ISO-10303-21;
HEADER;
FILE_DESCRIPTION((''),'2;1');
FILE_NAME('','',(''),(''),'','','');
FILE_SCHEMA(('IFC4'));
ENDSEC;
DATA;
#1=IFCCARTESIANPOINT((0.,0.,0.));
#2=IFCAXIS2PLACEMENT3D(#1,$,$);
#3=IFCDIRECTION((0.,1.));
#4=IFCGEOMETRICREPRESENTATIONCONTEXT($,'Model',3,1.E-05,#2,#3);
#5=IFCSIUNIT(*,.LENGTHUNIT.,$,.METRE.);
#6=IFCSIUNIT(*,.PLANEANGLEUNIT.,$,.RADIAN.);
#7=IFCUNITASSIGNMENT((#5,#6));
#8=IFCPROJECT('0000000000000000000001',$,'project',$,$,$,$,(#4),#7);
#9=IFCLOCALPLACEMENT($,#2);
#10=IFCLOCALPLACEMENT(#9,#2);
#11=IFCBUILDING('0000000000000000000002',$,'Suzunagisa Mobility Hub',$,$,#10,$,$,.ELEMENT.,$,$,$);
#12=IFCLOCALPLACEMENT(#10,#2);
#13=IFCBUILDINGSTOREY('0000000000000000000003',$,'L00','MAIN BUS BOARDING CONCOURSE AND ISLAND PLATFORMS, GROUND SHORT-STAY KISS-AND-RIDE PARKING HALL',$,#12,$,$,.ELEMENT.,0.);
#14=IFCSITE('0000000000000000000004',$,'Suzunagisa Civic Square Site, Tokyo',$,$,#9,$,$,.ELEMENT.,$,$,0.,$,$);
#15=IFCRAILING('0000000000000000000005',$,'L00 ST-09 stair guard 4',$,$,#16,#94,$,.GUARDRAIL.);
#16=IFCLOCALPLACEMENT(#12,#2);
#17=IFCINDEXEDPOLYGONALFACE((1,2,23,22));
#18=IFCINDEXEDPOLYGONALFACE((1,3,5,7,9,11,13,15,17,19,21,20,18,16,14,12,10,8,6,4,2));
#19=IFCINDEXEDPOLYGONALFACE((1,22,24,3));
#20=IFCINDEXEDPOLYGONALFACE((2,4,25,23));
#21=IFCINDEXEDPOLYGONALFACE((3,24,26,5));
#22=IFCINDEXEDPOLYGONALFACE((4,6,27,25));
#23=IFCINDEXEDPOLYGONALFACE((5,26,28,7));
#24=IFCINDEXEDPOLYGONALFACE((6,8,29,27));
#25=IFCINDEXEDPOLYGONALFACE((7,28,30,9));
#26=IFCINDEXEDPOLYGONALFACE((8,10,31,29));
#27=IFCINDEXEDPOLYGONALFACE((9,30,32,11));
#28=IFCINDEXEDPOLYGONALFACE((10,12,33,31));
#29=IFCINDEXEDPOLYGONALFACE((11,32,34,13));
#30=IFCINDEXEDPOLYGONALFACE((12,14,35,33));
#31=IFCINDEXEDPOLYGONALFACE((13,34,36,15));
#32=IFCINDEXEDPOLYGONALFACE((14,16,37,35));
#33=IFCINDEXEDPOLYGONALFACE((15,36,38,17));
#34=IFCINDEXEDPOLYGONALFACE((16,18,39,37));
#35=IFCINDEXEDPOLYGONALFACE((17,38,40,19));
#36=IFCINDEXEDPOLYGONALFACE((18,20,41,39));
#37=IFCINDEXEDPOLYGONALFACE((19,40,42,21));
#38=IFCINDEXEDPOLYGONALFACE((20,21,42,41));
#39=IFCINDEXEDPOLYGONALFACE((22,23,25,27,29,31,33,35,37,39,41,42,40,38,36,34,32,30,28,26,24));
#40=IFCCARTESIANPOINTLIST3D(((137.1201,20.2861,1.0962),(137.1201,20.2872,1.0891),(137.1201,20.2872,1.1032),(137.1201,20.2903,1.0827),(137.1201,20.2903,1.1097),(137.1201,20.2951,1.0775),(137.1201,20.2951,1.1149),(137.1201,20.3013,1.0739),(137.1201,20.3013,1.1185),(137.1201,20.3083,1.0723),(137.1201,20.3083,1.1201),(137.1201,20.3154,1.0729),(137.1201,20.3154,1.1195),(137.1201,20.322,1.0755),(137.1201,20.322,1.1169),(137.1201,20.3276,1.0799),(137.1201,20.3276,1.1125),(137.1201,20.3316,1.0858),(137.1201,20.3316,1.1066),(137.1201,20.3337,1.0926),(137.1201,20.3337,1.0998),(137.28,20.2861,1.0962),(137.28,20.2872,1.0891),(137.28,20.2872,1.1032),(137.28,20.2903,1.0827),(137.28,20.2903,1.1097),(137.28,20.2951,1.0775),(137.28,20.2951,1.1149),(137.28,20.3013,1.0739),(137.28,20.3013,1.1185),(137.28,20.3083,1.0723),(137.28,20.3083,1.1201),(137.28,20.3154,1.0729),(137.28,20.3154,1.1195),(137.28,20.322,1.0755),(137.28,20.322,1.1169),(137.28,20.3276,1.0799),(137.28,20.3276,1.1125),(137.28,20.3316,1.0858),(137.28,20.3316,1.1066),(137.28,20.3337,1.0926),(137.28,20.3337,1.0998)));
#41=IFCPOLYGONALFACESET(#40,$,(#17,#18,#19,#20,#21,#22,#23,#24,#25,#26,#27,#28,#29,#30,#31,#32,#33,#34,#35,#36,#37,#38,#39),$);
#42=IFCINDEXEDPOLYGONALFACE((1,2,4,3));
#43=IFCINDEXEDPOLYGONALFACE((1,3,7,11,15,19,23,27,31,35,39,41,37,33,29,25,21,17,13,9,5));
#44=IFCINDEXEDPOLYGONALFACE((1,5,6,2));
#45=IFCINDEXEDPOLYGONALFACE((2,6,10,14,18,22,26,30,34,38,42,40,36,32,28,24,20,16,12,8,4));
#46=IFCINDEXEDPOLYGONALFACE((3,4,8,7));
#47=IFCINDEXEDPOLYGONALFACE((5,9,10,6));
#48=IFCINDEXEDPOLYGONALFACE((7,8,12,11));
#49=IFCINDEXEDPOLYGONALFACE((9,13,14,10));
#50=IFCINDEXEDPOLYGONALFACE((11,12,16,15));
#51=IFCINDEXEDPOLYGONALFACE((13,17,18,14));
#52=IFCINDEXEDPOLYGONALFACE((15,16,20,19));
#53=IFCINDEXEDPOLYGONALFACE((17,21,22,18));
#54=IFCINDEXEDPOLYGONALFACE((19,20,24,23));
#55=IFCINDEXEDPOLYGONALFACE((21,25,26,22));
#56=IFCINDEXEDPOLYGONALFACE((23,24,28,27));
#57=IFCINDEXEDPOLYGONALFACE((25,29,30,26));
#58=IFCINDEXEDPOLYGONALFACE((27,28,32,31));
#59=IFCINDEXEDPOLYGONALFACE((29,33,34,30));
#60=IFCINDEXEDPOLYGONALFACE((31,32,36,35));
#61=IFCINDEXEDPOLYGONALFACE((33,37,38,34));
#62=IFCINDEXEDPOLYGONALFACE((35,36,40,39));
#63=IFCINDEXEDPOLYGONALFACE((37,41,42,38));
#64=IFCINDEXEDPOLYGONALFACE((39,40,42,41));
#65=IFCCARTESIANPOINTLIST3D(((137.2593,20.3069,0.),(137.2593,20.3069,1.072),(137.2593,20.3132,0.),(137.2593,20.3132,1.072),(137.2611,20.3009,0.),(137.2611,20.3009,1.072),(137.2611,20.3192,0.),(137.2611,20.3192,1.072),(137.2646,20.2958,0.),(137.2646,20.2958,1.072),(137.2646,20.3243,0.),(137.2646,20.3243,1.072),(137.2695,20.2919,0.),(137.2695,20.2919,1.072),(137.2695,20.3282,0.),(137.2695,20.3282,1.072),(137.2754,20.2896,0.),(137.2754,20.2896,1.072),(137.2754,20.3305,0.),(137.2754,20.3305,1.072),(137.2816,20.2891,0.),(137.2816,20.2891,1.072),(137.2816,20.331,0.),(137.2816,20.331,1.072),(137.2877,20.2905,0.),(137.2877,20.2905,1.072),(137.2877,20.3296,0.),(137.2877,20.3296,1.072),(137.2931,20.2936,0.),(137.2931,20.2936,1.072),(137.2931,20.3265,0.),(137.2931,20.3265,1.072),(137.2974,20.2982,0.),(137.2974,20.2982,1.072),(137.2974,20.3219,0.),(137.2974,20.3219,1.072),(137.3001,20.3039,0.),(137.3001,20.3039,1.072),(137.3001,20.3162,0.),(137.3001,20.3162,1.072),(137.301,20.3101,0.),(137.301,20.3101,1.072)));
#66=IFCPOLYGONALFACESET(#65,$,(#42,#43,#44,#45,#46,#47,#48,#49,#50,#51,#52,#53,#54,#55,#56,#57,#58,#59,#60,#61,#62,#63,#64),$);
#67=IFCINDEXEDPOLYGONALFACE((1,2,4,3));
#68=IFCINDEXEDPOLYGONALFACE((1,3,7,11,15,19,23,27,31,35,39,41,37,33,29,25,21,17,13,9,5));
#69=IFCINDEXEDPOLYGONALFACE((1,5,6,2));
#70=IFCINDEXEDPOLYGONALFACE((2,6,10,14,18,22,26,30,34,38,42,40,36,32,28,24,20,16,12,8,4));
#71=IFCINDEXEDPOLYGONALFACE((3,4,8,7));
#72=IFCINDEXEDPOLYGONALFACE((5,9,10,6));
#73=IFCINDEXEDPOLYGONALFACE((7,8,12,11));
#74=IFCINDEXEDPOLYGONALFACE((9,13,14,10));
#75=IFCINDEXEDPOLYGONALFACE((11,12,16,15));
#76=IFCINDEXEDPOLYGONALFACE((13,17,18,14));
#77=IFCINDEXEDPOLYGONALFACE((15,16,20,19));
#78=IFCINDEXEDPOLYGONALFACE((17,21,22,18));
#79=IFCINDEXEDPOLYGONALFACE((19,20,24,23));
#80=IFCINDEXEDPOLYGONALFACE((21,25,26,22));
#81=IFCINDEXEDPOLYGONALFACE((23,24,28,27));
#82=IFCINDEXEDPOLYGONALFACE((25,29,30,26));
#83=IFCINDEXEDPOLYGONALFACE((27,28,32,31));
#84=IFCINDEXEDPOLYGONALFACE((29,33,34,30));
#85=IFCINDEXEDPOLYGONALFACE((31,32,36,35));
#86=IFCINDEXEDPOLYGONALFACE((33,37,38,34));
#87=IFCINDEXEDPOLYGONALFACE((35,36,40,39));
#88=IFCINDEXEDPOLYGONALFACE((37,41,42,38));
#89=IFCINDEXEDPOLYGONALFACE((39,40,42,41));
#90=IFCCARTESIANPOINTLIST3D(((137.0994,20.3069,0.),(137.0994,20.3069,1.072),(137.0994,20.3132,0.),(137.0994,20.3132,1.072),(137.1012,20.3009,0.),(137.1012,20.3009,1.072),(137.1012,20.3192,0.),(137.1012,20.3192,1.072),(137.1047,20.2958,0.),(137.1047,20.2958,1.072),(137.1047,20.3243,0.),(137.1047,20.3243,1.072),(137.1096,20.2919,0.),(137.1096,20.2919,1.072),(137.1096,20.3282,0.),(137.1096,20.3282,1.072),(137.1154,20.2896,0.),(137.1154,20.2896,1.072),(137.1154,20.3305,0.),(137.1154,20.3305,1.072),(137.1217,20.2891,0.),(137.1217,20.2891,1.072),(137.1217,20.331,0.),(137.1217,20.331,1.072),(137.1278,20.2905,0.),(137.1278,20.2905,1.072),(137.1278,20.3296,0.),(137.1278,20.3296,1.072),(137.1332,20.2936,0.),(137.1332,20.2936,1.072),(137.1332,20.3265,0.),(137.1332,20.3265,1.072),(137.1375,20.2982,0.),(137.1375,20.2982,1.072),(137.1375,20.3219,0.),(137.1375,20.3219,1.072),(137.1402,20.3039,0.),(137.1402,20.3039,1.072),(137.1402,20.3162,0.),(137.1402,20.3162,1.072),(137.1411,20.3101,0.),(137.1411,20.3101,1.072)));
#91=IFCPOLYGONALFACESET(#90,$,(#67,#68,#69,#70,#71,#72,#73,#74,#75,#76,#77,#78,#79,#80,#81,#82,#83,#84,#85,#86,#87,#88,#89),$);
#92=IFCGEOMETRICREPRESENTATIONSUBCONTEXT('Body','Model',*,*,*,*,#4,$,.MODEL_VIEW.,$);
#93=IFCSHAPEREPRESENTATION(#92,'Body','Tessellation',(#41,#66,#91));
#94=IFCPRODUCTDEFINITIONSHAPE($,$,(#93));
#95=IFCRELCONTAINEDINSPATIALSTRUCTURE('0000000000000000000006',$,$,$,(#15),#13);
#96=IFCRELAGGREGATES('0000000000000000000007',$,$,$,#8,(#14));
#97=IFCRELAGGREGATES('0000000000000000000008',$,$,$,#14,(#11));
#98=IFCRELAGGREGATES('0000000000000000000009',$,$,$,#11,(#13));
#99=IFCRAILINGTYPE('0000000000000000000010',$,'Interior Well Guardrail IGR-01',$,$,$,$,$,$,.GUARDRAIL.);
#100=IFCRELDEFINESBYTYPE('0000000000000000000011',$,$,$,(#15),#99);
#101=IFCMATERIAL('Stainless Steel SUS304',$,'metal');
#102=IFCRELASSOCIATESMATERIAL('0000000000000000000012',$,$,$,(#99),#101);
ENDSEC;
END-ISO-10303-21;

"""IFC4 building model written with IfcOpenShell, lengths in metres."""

from ifc_helpers import new_model, si_unit, direction, frame, origin, origin_2d, place, context, subcontext, project, spatial, circle, extrude, material, type_object, element, save


model = new_model("IFC4")

# Units and contexts
model_context = context("Model", 3, precision=1e-05, world=origin(), true_north=direction((0.0, 1.0)))
body_context = subcontext(model_context, "Body", "Model", "MODEL_VIEW")
ifc_project = project(units=[si_unit("LENGTHUNIT", "METRE"), si_unit("PLANEANGLEUNIT", "RADIAN")], contexts=[model_context])

# Site, building, storey
site_placement = place(None, origin())
site = spatial("IfcSite", under=ifc_project, at=site_placement, Name="Suzunagisa Civic Square Site, Tokyo", CompositionType="ELEMENT", RefElevation=0.0)
building_placement = place(site_placement, origin())
building = spatial("IfcBuilding", under=site, at=building_placement, Name="Suzunagisa Mobility Hub", CompositionType="ELEMENT")
storey_placement = place(building_placement, origin())
storey = spatial("IfcBuildingStorey", under=building, at=storey_placement, Name="L00", Description="MAIN BUS BOARDING CONCOURSE AND ISLAND PLATFORMS, GROUND SHORT-STAY KISS-AND-RIDE PARKING HALL", CompositionType="ELEMENT", Elevation=0.0)

# Railing
ifc_material_1 = material(Name="Stainless Steel SUS304", Category="metal")
railing_type_1 = type_object("IfcRailingType", Name="Interior Well Guardrail IGR-01", PredefinedType="GUARDRAIL", material=ifc_material_1)
railing_1_placement = place(storey_placement, frame((137.28, 20.3101, 0.0)))
element("IfcRailing", 1, at=railing_1_placement, inside=storey, type_object=railing_type_1, Name="L00 ST-09 stair guard 4", PredefinedType="GUARDRAIL", context=body_context, shape_type="SweptSolid", body=[
    extrude(circle(Radius=0.0239, at=origin_2d()), frame((0.0, 0.0, 1.0962), z_axis=(-1.0, 0.0, 0.0), x_axis=(0.0, -1.0, 0.0)), (0.0, 0.0, 1.0), 0.1599),
    extrude(circle(Radius=0.021, at=origin_2d()), origin(), (0.0, 0.0, 1.0), 1.072),
    extrude(circle(Radius=0.021, at=origin_2d()), frame((-0.1599, 0.0, 0.0)), (0.0, 0.0, 1.0), 1.072),
])

save(model, "model.ifc")
